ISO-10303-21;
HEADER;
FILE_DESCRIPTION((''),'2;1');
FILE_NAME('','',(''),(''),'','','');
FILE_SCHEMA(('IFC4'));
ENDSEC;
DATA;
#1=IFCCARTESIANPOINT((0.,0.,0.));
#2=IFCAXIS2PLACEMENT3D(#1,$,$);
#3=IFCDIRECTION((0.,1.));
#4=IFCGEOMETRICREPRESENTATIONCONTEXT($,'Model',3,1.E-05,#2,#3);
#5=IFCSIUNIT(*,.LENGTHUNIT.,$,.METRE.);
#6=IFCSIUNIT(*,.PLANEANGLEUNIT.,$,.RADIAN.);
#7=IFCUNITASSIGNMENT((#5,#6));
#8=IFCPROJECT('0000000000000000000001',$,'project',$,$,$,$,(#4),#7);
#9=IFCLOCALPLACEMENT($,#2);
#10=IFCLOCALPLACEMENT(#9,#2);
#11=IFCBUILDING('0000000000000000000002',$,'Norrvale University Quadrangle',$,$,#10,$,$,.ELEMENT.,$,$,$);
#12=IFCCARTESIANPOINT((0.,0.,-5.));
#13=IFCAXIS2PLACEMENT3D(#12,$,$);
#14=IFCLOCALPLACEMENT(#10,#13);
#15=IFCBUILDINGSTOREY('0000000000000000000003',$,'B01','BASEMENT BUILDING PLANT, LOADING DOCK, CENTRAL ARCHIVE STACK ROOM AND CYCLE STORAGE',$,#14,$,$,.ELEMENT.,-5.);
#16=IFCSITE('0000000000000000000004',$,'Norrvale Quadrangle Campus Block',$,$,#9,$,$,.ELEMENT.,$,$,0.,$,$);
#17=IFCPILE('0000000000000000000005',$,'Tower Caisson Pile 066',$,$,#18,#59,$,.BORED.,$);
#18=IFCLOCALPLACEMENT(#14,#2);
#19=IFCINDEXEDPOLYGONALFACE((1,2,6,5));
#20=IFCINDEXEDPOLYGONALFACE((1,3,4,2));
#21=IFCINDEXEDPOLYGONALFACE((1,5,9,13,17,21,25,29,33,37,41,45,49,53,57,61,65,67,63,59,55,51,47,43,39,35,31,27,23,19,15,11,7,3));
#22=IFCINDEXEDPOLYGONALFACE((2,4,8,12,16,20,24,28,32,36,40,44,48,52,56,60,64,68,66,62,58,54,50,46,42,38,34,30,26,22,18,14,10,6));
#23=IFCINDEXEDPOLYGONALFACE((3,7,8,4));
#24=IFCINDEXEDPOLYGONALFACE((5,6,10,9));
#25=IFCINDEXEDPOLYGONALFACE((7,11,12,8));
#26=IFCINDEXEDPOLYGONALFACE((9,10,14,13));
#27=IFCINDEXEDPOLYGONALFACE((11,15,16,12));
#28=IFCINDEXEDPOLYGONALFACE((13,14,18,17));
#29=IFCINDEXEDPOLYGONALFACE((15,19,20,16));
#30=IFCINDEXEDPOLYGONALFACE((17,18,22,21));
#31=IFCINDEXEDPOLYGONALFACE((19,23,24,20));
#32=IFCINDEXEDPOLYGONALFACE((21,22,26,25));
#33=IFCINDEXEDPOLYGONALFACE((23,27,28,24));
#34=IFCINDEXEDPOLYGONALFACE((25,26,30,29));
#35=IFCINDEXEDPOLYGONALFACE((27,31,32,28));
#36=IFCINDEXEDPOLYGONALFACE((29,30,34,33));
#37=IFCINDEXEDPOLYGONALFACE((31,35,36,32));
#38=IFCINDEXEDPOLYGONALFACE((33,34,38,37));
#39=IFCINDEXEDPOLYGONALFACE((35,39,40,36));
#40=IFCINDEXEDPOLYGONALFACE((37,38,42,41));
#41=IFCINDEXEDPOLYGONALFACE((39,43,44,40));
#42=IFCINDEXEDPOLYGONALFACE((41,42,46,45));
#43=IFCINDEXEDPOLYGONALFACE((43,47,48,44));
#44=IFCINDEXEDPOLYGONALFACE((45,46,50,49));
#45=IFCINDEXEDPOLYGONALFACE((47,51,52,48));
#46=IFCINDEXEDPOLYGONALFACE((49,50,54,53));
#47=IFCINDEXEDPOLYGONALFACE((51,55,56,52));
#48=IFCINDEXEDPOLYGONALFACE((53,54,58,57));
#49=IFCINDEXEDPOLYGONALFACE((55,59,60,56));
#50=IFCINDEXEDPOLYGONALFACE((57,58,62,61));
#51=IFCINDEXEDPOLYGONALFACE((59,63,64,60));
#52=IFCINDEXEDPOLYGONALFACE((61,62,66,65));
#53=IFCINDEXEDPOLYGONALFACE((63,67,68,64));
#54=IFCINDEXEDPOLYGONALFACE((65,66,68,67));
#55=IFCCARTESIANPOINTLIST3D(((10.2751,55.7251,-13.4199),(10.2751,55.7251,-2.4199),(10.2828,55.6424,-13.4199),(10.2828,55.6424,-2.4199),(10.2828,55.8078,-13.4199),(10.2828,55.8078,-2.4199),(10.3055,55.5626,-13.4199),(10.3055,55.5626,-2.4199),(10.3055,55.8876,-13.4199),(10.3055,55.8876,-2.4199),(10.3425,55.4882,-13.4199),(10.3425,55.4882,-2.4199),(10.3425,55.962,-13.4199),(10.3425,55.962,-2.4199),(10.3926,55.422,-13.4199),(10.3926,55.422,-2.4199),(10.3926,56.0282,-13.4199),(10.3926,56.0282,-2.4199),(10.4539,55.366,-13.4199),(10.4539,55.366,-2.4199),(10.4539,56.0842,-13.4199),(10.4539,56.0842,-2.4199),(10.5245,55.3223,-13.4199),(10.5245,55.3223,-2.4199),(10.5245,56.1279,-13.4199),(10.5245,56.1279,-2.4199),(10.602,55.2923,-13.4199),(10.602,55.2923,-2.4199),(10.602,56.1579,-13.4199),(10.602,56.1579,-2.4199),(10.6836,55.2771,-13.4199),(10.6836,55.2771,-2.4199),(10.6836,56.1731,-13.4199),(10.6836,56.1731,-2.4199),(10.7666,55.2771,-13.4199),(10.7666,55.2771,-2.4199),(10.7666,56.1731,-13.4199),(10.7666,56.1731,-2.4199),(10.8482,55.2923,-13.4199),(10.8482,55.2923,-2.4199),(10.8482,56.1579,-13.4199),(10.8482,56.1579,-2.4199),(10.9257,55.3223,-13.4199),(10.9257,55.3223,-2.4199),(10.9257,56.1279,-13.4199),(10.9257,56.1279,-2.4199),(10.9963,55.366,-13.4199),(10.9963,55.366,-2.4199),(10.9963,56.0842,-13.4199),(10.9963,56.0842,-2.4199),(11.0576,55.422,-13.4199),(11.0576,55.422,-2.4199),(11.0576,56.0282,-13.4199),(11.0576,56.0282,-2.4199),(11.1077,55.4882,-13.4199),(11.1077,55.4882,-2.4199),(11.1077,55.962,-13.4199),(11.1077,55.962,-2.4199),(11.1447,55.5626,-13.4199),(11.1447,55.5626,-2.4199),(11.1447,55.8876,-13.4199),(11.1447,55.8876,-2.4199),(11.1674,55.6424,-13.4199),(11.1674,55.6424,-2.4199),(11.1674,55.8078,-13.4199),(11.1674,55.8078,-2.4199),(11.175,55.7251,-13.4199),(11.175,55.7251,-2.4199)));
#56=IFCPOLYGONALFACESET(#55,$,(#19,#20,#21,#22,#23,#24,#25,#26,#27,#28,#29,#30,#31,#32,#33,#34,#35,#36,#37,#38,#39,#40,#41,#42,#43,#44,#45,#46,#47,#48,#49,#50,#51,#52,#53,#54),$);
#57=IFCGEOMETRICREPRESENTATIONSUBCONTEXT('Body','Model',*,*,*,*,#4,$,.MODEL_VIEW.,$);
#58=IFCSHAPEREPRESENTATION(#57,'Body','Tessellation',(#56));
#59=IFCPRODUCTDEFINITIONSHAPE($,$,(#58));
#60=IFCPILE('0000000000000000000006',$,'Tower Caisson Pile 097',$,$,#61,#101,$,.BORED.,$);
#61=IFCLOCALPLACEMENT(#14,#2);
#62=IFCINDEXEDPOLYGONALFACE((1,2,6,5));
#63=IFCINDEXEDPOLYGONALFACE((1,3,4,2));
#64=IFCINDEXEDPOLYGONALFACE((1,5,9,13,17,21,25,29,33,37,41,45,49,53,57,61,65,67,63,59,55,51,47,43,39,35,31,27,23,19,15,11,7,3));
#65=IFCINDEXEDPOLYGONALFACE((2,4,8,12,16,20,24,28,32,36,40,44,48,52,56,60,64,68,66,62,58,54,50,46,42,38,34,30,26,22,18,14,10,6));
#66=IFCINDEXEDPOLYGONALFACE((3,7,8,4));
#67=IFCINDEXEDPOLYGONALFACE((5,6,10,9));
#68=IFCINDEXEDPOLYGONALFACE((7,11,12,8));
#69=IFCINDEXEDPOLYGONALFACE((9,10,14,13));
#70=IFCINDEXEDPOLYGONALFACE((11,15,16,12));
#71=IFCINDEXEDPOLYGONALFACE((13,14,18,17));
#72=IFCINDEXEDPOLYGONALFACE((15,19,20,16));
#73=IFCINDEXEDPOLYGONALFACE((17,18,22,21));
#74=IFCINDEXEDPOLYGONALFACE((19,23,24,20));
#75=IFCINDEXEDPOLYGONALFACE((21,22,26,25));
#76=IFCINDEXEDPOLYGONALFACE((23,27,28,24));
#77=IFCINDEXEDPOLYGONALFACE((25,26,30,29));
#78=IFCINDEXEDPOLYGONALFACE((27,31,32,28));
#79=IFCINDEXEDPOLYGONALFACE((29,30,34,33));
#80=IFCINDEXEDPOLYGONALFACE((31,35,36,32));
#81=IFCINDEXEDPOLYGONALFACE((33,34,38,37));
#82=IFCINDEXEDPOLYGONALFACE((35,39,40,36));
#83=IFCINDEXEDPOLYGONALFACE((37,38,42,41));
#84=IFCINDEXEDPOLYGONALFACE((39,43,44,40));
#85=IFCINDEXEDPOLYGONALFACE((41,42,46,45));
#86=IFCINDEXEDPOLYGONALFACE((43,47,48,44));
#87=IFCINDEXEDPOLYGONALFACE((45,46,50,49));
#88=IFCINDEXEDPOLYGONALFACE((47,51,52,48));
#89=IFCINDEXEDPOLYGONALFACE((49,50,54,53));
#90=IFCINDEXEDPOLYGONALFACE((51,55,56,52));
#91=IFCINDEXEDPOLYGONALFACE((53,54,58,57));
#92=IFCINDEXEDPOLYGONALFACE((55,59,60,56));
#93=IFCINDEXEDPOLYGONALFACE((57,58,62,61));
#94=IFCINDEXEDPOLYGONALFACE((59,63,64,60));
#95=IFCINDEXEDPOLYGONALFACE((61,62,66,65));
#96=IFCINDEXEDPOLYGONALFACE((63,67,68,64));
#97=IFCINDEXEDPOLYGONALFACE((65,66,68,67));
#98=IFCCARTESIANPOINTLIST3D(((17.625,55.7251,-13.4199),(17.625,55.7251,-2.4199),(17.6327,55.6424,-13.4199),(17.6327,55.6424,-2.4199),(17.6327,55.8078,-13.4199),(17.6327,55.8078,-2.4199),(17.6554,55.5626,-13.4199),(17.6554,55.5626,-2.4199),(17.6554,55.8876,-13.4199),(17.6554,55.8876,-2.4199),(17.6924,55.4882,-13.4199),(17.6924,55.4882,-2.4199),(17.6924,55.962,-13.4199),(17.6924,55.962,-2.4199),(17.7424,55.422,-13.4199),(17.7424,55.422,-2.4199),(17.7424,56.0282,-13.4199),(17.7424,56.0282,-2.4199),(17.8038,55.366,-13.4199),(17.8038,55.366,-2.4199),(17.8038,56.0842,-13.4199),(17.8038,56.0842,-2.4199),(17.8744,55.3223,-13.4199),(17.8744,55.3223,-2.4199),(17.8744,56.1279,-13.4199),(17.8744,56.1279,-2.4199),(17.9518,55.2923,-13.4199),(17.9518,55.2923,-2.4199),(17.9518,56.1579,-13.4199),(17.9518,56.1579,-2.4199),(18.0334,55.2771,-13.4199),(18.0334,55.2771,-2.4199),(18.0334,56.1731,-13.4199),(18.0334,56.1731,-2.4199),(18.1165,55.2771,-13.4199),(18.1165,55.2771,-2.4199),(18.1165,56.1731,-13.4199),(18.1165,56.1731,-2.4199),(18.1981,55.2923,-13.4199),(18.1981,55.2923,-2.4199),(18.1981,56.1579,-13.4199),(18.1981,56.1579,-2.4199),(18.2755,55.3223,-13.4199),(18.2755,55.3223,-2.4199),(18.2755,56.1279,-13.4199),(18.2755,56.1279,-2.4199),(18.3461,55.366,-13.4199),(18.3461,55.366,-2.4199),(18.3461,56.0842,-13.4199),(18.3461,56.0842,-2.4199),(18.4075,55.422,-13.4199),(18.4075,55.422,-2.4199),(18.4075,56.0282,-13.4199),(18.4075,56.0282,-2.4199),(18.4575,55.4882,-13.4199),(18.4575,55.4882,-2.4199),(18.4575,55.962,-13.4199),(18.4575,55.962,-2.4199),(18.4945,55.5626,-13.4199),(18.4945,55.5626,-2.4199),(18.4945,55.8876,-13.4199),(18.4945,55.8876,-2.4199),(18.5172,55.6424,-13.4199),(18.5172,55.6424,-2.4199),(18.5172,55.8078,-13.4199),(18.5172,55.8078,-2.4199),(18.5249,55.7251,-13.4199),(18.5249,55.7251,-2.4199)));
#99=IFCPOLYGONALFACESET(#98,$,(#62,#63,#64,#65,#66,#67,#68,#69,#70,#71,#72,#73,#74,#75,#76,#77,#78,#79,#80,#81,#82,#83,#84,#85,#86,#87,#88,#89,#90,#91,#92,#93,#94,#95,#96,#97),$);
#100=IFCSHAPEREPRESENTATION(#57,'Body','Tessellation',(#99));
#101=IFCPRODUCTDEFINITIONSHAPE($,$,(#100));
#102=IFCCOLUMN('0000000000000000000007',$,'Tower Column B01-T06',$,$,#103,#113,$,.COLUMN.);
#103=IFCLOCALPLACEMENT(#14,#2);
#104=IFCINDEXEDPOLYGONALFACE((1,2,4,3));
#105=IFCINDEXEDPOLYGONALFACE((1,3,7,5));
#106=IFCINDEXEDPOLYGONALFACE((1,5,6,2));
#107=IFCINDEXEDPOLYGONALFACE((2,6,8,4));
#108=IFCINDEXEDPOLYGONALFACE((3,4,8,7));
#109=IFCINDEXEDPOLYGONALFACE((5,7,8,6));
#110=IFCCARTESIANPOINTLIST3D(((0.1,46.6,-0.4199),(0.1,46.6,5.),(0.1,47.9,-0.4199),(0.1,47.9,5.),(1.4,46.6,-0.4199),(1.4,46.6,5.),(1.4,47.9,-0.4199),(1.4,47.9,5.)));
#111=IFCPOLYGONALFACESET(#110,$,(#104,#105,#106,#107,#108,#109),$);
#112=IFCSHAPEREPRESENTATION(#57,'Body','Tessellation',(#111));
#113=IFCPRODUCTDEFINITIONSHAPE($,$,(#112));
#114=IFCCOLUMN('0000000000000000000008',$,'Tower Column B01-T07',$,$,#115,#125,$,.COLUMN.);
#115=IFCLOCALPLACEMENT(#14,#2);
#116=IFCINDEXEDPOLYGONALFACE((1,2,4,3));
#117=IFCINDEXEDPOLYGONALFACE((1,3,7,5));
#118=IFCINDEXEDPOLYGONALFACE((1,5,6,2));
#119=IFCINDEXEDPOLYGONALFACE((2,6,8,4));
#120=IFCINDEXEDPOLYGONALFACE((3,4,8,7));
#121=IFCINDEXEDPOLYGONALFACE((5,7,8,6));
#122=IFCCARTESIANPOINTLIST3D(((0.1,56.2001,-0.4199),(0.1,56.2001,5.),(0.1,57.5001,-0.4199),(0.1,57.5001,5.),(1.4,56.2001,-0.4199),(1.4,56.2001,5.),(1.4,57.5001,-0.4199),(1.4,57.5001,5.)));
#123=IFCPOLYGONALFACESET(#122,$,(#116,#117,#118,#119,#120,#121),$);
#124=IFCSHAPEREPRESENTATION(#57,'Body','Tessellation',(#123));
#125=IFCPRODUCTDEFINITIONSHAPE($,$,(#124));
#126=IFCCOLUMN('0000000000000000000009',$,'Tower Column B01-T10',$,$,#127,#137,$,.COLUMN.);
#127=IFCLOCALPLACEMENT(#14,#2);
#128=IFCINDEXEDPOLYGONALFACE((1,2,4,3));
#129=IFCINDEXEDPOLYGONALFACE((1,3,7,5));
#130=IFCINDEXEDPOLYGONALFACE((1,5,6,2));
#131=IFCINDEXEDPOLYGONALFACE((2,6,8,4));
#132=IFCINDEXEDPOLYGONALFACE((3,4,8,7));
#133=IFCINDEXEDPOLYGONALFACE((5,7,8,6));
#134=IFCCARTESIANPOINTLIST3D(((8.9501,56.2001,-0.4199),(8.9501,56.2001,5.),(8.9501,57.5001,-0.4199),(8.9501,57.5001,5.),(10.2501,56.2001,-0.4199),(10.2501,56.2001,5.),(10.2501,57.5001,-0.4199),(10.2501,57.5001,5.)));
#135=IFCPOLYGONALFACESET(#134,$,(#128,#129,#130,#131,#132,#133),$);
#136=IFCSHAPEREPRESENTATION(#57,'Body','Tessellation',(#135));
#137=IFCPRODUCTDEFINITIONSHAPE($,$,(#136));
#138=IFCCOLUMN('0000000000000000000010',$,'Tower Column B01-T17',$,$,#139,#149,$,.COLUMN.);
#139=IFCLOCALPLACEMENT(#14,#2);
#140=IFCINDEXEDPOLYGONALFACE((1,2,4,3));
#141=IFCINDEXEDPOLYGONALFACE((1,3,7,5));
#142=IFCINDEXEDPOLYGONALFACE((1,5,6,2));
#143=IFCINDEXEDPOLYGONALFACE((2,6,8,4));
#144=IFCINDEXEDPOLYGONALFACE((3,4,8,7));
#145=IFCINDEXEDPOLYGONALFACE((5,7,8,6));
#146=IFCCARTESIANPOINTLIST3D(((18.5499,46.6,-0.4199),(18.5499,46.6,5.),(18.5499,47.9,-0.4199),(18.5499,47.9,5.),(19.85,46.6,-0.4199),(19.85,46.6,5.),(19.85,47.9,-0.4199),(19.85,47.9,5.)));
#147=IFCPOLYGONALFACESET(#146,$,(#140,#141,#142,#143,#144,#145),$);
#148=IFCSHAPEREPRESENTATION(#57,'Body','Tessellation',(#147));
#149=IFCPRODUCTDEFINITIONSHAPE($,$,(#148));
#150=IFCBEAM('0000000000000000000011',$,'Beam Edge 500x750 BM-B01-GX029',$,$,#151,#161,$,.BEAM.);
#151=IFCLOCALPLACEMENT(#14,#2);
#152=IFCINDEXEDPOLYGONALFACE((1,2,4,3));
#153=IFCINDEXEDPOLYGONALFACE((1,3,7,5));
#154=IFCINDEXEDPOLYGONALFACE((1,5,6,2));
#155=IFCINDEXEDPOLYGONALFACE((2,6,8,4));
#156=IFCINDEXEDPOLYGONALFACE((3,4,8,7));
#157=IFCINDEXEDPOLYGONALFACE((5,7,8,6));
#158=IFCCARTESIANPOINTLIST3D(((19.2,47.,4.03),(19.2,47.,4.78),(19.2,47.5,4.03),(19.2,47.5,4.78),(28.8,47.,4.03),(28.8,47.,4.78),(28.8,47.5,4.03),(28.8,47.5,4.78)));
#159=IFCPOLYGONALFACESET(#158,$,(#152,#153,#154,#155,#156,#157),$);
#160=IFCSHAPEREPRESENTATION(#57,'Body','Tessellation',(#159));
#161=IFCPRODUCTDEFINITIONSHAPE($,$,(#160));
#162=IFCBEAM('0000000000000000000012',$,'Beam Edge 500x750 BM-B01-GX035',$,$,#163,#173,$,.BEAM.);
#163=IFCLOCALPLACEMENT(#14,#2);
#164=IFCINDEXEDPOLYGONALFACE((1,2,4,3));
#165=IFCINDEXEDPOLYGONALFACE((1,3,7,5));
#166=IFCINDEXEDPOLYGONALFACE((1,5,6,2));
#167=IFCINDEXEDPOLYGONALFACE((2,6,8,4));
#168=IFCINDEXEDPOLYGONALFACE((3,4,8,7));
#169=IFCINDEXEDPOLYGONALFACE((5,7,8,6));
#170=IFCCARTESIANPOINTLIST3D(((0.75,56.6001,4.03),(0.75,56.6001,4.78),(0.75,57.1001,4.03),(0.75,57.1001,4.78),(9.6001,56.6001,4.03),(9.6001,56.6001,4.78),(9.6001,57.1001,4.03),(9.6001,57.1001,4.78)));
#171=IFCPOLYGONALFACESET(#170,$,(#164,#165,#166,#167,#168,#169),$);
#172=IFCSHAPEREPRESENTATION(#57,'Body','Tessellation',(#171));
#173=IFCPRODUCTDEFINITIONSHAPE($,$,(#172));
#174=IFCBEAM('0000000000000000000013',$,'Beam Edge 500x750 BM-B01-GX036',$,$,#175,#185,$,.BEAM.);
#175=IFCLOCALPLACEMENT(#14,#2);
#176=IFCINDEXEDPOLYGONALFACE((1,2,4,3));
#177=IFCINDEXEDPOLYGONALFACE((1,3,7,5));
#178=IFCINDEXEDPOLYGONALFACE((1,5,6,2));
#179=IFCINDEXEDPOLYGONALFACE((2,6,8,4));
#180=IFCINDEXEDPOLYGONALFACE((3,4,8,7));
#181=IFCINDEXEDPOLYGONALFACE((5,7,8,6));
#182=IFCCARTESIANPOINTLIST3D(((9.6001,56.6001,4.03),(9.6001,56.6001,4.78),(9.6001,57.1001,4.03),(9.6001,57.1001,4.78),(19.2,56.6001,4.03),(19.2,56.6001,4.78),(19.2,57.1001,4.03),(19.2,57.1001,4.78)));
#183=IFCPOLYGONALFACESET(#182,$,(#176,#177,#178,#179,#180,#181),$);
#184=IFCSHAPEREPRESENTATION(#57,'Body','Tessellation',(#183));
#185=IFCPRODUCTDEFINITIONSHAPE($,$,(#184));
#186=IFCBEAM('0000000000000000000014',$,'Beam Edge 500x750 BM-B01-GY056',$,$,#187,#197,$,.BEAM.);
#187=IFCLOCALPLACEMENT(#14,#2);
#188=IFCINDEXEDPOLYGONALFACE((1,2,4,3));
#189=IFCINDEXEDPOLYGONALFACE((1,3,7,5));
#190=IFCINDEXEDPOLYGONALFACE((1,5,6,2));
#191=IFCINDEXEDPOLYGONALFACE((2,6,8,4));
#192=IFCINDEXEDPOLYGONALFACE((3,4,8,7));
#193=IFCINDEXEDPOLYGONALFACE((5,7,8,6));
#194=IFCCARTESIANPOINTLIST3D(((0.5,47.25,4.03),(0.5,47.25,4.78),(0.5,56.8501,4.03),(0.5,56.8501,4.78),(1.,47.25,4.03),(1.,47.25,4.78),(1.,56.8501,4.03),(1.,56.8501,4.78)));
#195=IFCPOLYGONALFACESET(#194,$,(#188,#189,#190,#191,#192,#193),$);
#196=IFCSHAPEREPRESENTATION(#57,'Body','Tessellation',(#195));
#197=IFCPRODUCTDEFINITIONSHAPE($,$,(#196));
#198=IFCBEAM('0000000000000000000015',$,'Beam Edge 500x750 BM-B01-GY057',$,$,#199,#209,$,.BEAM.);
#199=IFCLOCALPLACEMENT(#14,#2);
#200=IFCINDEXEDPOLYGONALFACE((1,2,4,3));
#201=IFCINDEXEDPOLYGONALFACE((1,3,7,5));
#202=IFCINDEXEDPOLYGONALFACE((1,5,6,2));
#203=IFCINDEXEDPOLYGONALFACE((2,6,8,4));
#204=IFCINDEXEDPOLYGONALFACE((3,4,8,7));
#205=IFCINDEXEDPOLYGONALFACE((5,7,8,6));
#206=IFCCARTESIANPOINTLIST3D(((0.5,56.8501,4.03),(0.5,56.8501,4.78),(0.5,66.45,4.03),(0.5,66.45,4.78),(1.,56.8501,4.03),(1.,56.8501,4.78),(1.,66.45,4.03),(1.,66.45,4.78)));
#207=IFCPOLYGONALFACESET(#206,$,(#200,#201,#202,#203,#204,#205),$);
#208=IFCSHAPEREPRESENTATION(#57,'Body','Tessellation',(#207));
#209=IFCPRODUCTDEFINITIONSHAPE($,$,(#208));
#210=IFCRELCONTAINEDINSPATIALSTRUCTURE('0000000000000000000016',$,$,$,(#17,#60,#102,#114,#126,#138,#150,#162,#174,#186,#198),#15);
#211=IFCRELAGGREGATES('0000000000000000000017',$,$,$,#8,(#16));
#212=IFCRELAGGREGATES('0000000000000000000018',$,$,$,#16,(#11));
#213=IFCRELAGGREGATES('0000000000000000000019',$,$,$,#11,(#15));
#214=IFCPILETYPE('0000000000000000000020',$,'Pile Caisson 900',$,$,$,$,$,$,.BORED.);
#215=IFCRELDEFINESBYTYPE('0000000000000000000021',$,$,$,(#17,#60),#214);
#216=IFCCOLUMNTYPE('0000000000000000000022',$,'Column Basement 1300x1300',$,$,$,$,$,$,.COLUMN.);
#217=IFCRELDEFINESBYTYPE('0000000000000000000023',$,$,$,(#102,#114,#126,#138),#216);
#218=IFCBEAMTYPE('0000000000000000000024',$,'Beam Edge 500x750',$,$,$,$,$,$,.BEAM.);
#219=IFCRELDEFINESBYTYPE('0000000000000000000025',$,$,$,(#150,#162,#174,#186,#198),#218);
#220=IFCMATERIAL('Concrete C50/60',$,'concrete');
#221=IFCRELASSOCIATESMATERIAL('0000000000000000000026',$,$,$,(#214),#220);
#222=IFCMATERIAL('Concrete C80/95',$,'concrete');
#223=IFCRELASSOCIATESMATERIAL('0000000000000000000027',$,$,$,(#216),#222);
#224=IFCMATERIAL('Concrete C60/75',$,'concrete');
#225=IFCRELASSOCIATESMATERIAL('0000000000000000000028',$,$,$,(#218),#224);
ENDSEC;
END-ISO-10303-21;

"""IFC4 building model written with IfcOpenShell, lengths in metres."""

from ifc_helpers import new_model, si_unit, direction, frame, origin, origin_2d, place, context, subcontext, project, spatial, rectangle, circle, extrude, material, material_profile, profile_set, type_object, element, save


model = new_model("IFC4")

# Units and contexts
model_context = context("Model", 3, precision=1e-05, world=origin(), true_north=direction((0.0, 1.0)))
body_context = subcontext(model_context, "Body", "Model", "MODEL_VIEW")
ifc_project = project(units=[si_unit("LENGTHUNIT", "METRE"), si_unit("PLANEANGLEUNIT", "RADIAN")], contexts=[model_context])

# Site, building, storey
site_placement = place(None, origin())
site = spatial("IfcSite", under=ifc_project, at=site_placement, Name="Norrvale Quadrangle Campus Block", CompositionType="ELEMENT", RefElevation=0.0)
building_placement = place(site_placement, origin())
building = spatial("IfcBuilding", under=site, at=building_placement, Name="Norrvale University Quadrangle", CompositionType="ELEMENT")
storey_placement = place(building_placement, frame((0.0, 0.0, -5.0)))
storey = spatial("IfcBuildingStorey", under=building, at=storey_placement, Name="B01", Description="BASEMENT BUILDING PLANT, LOADING DOCK, CENTRAL ARCHIVE STACK ROOM AND CYCLE STORAGE", CompositionType="ELEMENT", Elevation=-5.0)

# Shared definitions
ifc_material_1 = material(Name="Concrete C50/60", Category="concrete")

# Piles
ifc_material_profile_1 = material_profile(ifc_material_1, circle(Radius=0.45, at=origin_2d()), Name="Concrete C50/60")
ifc_profile_set_1 = profile_set([ifc_material_profile_1], Name="Concrete C50/60")
pile_type_1 = type_object("IfcPileType", Name="Pile Caisson 900", PredefinedType="BORED", material=ifc_profile_set_1)
for number, where, z_axis, x_axis, name in (
    (1, (10.7251, 55.7251, -2.4199), (0.0, 0.0, -1.0), (1.0, 0.0, 0.0), "Tower Caisson Pile 066"),
    (2, (18.075, 55.7251, -2.4199), (0.0, 0.0, -1.0), (1.0, 0.0, 0.0), "Tower Caisson Pile 097"),
):
    element("IfcPile", number, at=place(storey_placement, frame(where, z_axis=z_axis, x_axis=x_axis)), inside=storey, type_object=pile_type_1, Name=name, PredefinedType="BORED", context=body_context, shape_type="SweptSolid", body=[
        extrude(circle(Radius=0.45, at=origin_2d()), origin(), (0.0, 0.0, 1.0), 11.0),
    ])

# Columns
ifc_material_2 = material(Name="Concrete C80/95", Category="concrete")
ifc_material_profile_2 = material_profile(ifc_material_2, rectangle(XDim=1.3, YDim=1.3, at=origin_2d()), Name="Concrete C80/95")
ifc_profile_set_2 = profile_set([ifc_material_profile_2], Name="Concrete C80/95")
column_type = type_object("IfcColumnType", Name="Column Basement 1300x1300", PredefinedType="COLUMN", material=ifc_profile_set_2)
for number, where, z_axis, x_axis, name in (
    (3, (0.75, 47.25, -0.4199), (0.0, 0.0, 1.0), (1.0, 0.0, 0.0), "Tower Column B01-T06"),
    (4, (0.75, 56.8501, -0.4199), (0.0, 0.0, 1.0), (1.0, 0.0, 0.0), "Tower Column B01-T07"),
    (5, (9.6001, 56.8501, -0.4199), (0.0, 0.0, 1.0), (1.0, 0.0, 0.0), "Tower Column B01-T10"),
    (6, (19.2, 47.25, -0.4199), (0.0, 0.0, 1.0), (1.0, 0.0, 0.0), "Tower Column B01-T17"),
):
    element("IfcColumn", number, at=place(storey_placement, frame(where, z_axis=z_axis, x_axis=x_axis)), inside=storey, type_object=column_type, Name=name, PredefinedType="COLUMN", context=body_context, shape_type="SweptSolid", body=[
        extrude(rectangle(XDim=1.3, YDim=1.3, at=origin_2d()), origin(), (0.0, 0.0, 1.0), 5.4199),
    ])

# Beams
ifc_material_3 = material(Name="Concrete C60/75", Category="concrete")
ifc_material_profile_3 = material_profile(ifc_material_3, rectangle(XDim=0.5, YDim=0.75, at=origin_2d()), Name="Concrete C60/75")
ifc_profile_set_3 = profile_set([ifc_material_profile_3], Name="Concrete C60/75")
beam_type_1 = type_object("IfcBeamType", Name="Beam Edge 500x750", PredefinedType="BEAM", material=ifc_profile_set_3)
beam_1_placement = place(storey_placement, frame((19.2, 47.25, 4.405), z_axis=(1.0, 0.0, 0.0), x_axis=(0.0, 1.0, 0.0)))
element("IfcBeam", 7, at=beam_1_placement, inside=storey, type_object=beam_type_1, Name="Beam Edge 500x750 BM-B01-GX029", PredefinedType="BEAM", context=body_context, shape_type="SweptSolid", body=[
    extrude(rectangle(XDim=0.5, YDim=0.75, at=origin_2d()), origin(), (0.0, 0.0, 1.0), 9.6001),
])
beam_2_placement = place(storey_placement, frame((0.75, 56.8501, 4.405), z_axis=(1.0, 0.0, 0.0), x_axis=(0.0, 1.0, 0.0)))
element("IfcBeam", 8, at=beam_2_placement, inside=storey, type_object=beam_type_1, Name="Beam Edge 500x750 BM-B01-GX035", PredefinedType="BEAM", context=body_context, shape_type="SweptSolid", body=[
    extrude(rectangle(XDim=0.5, YDim=0.75, at=origin_2d()), origin(), (0.0, 0.0, 1.0), 8.8501),
])
beam_3_placement = place(storey_placement, frame((9.6001, 56.8501, 4.405), z_axis=(1.0, 0.0, 0.0), x_axis=(0.0, 1.0, 0.0)))
element("IfcBeam", 9, at=beam_3_placement, inside=storey, type_object=beam_type_1, Name="Beam Edge 500x750 BM-B01-GX036", PredefinedType="BEAM", context=body_context, shape_type="SweptSolid", body=[
    extrude(rectangle(XDim=0.5, YDim=0.75, at=origin_2d()), origin(), (0.0, 0.0, 1.0), 9.5999),
])
beam_4_placement = place(storey_placement, frame((0.75, 47.25, 4.405), z_axis=(0.0, 1.0, 0.0), x_axis=(-1.0, 0.0, 0.0)))
element("IfcBeam", 10, at=beam_4_placement, inside=storey, type_object=beam_type_1, Name="Beam Edge 500x750 BM-B01-GY056", PredefinedType="BEAM", context=body_context, shape_type="SweptSolid", body=[
    extrude(rectangle(XDim=0.5, YDim=0.75, at=origin_2d()), origin(), (0.0, 0.0, 1.0), 9.6001),
])
for number, where, z_axis, x_axis, name in (
    (11, (0.75, 56.8501, 4.405), (0.0, 1.0, 0.0), (-1.0, 0.0, 0.0), "Beam Edge 500x750 BM-B01-GY057"),
):
    element("IfcBeam", number, at=place(storey_placement, frame(where, z_axis=z_axis, x_axis=x_axis)), inside=storey, type_object=beam_type_1, Name=name, PredefinedType="BEAM", context=body_context, shape_type="SweptSolid", body=[
        extrude(rectangle(XDim=0.5, YDim=0.75, at=origin_2d()), origin(), (0.0, 0.0, 1.0), 9.5999),
    ])

save(model, "model.ifc")
